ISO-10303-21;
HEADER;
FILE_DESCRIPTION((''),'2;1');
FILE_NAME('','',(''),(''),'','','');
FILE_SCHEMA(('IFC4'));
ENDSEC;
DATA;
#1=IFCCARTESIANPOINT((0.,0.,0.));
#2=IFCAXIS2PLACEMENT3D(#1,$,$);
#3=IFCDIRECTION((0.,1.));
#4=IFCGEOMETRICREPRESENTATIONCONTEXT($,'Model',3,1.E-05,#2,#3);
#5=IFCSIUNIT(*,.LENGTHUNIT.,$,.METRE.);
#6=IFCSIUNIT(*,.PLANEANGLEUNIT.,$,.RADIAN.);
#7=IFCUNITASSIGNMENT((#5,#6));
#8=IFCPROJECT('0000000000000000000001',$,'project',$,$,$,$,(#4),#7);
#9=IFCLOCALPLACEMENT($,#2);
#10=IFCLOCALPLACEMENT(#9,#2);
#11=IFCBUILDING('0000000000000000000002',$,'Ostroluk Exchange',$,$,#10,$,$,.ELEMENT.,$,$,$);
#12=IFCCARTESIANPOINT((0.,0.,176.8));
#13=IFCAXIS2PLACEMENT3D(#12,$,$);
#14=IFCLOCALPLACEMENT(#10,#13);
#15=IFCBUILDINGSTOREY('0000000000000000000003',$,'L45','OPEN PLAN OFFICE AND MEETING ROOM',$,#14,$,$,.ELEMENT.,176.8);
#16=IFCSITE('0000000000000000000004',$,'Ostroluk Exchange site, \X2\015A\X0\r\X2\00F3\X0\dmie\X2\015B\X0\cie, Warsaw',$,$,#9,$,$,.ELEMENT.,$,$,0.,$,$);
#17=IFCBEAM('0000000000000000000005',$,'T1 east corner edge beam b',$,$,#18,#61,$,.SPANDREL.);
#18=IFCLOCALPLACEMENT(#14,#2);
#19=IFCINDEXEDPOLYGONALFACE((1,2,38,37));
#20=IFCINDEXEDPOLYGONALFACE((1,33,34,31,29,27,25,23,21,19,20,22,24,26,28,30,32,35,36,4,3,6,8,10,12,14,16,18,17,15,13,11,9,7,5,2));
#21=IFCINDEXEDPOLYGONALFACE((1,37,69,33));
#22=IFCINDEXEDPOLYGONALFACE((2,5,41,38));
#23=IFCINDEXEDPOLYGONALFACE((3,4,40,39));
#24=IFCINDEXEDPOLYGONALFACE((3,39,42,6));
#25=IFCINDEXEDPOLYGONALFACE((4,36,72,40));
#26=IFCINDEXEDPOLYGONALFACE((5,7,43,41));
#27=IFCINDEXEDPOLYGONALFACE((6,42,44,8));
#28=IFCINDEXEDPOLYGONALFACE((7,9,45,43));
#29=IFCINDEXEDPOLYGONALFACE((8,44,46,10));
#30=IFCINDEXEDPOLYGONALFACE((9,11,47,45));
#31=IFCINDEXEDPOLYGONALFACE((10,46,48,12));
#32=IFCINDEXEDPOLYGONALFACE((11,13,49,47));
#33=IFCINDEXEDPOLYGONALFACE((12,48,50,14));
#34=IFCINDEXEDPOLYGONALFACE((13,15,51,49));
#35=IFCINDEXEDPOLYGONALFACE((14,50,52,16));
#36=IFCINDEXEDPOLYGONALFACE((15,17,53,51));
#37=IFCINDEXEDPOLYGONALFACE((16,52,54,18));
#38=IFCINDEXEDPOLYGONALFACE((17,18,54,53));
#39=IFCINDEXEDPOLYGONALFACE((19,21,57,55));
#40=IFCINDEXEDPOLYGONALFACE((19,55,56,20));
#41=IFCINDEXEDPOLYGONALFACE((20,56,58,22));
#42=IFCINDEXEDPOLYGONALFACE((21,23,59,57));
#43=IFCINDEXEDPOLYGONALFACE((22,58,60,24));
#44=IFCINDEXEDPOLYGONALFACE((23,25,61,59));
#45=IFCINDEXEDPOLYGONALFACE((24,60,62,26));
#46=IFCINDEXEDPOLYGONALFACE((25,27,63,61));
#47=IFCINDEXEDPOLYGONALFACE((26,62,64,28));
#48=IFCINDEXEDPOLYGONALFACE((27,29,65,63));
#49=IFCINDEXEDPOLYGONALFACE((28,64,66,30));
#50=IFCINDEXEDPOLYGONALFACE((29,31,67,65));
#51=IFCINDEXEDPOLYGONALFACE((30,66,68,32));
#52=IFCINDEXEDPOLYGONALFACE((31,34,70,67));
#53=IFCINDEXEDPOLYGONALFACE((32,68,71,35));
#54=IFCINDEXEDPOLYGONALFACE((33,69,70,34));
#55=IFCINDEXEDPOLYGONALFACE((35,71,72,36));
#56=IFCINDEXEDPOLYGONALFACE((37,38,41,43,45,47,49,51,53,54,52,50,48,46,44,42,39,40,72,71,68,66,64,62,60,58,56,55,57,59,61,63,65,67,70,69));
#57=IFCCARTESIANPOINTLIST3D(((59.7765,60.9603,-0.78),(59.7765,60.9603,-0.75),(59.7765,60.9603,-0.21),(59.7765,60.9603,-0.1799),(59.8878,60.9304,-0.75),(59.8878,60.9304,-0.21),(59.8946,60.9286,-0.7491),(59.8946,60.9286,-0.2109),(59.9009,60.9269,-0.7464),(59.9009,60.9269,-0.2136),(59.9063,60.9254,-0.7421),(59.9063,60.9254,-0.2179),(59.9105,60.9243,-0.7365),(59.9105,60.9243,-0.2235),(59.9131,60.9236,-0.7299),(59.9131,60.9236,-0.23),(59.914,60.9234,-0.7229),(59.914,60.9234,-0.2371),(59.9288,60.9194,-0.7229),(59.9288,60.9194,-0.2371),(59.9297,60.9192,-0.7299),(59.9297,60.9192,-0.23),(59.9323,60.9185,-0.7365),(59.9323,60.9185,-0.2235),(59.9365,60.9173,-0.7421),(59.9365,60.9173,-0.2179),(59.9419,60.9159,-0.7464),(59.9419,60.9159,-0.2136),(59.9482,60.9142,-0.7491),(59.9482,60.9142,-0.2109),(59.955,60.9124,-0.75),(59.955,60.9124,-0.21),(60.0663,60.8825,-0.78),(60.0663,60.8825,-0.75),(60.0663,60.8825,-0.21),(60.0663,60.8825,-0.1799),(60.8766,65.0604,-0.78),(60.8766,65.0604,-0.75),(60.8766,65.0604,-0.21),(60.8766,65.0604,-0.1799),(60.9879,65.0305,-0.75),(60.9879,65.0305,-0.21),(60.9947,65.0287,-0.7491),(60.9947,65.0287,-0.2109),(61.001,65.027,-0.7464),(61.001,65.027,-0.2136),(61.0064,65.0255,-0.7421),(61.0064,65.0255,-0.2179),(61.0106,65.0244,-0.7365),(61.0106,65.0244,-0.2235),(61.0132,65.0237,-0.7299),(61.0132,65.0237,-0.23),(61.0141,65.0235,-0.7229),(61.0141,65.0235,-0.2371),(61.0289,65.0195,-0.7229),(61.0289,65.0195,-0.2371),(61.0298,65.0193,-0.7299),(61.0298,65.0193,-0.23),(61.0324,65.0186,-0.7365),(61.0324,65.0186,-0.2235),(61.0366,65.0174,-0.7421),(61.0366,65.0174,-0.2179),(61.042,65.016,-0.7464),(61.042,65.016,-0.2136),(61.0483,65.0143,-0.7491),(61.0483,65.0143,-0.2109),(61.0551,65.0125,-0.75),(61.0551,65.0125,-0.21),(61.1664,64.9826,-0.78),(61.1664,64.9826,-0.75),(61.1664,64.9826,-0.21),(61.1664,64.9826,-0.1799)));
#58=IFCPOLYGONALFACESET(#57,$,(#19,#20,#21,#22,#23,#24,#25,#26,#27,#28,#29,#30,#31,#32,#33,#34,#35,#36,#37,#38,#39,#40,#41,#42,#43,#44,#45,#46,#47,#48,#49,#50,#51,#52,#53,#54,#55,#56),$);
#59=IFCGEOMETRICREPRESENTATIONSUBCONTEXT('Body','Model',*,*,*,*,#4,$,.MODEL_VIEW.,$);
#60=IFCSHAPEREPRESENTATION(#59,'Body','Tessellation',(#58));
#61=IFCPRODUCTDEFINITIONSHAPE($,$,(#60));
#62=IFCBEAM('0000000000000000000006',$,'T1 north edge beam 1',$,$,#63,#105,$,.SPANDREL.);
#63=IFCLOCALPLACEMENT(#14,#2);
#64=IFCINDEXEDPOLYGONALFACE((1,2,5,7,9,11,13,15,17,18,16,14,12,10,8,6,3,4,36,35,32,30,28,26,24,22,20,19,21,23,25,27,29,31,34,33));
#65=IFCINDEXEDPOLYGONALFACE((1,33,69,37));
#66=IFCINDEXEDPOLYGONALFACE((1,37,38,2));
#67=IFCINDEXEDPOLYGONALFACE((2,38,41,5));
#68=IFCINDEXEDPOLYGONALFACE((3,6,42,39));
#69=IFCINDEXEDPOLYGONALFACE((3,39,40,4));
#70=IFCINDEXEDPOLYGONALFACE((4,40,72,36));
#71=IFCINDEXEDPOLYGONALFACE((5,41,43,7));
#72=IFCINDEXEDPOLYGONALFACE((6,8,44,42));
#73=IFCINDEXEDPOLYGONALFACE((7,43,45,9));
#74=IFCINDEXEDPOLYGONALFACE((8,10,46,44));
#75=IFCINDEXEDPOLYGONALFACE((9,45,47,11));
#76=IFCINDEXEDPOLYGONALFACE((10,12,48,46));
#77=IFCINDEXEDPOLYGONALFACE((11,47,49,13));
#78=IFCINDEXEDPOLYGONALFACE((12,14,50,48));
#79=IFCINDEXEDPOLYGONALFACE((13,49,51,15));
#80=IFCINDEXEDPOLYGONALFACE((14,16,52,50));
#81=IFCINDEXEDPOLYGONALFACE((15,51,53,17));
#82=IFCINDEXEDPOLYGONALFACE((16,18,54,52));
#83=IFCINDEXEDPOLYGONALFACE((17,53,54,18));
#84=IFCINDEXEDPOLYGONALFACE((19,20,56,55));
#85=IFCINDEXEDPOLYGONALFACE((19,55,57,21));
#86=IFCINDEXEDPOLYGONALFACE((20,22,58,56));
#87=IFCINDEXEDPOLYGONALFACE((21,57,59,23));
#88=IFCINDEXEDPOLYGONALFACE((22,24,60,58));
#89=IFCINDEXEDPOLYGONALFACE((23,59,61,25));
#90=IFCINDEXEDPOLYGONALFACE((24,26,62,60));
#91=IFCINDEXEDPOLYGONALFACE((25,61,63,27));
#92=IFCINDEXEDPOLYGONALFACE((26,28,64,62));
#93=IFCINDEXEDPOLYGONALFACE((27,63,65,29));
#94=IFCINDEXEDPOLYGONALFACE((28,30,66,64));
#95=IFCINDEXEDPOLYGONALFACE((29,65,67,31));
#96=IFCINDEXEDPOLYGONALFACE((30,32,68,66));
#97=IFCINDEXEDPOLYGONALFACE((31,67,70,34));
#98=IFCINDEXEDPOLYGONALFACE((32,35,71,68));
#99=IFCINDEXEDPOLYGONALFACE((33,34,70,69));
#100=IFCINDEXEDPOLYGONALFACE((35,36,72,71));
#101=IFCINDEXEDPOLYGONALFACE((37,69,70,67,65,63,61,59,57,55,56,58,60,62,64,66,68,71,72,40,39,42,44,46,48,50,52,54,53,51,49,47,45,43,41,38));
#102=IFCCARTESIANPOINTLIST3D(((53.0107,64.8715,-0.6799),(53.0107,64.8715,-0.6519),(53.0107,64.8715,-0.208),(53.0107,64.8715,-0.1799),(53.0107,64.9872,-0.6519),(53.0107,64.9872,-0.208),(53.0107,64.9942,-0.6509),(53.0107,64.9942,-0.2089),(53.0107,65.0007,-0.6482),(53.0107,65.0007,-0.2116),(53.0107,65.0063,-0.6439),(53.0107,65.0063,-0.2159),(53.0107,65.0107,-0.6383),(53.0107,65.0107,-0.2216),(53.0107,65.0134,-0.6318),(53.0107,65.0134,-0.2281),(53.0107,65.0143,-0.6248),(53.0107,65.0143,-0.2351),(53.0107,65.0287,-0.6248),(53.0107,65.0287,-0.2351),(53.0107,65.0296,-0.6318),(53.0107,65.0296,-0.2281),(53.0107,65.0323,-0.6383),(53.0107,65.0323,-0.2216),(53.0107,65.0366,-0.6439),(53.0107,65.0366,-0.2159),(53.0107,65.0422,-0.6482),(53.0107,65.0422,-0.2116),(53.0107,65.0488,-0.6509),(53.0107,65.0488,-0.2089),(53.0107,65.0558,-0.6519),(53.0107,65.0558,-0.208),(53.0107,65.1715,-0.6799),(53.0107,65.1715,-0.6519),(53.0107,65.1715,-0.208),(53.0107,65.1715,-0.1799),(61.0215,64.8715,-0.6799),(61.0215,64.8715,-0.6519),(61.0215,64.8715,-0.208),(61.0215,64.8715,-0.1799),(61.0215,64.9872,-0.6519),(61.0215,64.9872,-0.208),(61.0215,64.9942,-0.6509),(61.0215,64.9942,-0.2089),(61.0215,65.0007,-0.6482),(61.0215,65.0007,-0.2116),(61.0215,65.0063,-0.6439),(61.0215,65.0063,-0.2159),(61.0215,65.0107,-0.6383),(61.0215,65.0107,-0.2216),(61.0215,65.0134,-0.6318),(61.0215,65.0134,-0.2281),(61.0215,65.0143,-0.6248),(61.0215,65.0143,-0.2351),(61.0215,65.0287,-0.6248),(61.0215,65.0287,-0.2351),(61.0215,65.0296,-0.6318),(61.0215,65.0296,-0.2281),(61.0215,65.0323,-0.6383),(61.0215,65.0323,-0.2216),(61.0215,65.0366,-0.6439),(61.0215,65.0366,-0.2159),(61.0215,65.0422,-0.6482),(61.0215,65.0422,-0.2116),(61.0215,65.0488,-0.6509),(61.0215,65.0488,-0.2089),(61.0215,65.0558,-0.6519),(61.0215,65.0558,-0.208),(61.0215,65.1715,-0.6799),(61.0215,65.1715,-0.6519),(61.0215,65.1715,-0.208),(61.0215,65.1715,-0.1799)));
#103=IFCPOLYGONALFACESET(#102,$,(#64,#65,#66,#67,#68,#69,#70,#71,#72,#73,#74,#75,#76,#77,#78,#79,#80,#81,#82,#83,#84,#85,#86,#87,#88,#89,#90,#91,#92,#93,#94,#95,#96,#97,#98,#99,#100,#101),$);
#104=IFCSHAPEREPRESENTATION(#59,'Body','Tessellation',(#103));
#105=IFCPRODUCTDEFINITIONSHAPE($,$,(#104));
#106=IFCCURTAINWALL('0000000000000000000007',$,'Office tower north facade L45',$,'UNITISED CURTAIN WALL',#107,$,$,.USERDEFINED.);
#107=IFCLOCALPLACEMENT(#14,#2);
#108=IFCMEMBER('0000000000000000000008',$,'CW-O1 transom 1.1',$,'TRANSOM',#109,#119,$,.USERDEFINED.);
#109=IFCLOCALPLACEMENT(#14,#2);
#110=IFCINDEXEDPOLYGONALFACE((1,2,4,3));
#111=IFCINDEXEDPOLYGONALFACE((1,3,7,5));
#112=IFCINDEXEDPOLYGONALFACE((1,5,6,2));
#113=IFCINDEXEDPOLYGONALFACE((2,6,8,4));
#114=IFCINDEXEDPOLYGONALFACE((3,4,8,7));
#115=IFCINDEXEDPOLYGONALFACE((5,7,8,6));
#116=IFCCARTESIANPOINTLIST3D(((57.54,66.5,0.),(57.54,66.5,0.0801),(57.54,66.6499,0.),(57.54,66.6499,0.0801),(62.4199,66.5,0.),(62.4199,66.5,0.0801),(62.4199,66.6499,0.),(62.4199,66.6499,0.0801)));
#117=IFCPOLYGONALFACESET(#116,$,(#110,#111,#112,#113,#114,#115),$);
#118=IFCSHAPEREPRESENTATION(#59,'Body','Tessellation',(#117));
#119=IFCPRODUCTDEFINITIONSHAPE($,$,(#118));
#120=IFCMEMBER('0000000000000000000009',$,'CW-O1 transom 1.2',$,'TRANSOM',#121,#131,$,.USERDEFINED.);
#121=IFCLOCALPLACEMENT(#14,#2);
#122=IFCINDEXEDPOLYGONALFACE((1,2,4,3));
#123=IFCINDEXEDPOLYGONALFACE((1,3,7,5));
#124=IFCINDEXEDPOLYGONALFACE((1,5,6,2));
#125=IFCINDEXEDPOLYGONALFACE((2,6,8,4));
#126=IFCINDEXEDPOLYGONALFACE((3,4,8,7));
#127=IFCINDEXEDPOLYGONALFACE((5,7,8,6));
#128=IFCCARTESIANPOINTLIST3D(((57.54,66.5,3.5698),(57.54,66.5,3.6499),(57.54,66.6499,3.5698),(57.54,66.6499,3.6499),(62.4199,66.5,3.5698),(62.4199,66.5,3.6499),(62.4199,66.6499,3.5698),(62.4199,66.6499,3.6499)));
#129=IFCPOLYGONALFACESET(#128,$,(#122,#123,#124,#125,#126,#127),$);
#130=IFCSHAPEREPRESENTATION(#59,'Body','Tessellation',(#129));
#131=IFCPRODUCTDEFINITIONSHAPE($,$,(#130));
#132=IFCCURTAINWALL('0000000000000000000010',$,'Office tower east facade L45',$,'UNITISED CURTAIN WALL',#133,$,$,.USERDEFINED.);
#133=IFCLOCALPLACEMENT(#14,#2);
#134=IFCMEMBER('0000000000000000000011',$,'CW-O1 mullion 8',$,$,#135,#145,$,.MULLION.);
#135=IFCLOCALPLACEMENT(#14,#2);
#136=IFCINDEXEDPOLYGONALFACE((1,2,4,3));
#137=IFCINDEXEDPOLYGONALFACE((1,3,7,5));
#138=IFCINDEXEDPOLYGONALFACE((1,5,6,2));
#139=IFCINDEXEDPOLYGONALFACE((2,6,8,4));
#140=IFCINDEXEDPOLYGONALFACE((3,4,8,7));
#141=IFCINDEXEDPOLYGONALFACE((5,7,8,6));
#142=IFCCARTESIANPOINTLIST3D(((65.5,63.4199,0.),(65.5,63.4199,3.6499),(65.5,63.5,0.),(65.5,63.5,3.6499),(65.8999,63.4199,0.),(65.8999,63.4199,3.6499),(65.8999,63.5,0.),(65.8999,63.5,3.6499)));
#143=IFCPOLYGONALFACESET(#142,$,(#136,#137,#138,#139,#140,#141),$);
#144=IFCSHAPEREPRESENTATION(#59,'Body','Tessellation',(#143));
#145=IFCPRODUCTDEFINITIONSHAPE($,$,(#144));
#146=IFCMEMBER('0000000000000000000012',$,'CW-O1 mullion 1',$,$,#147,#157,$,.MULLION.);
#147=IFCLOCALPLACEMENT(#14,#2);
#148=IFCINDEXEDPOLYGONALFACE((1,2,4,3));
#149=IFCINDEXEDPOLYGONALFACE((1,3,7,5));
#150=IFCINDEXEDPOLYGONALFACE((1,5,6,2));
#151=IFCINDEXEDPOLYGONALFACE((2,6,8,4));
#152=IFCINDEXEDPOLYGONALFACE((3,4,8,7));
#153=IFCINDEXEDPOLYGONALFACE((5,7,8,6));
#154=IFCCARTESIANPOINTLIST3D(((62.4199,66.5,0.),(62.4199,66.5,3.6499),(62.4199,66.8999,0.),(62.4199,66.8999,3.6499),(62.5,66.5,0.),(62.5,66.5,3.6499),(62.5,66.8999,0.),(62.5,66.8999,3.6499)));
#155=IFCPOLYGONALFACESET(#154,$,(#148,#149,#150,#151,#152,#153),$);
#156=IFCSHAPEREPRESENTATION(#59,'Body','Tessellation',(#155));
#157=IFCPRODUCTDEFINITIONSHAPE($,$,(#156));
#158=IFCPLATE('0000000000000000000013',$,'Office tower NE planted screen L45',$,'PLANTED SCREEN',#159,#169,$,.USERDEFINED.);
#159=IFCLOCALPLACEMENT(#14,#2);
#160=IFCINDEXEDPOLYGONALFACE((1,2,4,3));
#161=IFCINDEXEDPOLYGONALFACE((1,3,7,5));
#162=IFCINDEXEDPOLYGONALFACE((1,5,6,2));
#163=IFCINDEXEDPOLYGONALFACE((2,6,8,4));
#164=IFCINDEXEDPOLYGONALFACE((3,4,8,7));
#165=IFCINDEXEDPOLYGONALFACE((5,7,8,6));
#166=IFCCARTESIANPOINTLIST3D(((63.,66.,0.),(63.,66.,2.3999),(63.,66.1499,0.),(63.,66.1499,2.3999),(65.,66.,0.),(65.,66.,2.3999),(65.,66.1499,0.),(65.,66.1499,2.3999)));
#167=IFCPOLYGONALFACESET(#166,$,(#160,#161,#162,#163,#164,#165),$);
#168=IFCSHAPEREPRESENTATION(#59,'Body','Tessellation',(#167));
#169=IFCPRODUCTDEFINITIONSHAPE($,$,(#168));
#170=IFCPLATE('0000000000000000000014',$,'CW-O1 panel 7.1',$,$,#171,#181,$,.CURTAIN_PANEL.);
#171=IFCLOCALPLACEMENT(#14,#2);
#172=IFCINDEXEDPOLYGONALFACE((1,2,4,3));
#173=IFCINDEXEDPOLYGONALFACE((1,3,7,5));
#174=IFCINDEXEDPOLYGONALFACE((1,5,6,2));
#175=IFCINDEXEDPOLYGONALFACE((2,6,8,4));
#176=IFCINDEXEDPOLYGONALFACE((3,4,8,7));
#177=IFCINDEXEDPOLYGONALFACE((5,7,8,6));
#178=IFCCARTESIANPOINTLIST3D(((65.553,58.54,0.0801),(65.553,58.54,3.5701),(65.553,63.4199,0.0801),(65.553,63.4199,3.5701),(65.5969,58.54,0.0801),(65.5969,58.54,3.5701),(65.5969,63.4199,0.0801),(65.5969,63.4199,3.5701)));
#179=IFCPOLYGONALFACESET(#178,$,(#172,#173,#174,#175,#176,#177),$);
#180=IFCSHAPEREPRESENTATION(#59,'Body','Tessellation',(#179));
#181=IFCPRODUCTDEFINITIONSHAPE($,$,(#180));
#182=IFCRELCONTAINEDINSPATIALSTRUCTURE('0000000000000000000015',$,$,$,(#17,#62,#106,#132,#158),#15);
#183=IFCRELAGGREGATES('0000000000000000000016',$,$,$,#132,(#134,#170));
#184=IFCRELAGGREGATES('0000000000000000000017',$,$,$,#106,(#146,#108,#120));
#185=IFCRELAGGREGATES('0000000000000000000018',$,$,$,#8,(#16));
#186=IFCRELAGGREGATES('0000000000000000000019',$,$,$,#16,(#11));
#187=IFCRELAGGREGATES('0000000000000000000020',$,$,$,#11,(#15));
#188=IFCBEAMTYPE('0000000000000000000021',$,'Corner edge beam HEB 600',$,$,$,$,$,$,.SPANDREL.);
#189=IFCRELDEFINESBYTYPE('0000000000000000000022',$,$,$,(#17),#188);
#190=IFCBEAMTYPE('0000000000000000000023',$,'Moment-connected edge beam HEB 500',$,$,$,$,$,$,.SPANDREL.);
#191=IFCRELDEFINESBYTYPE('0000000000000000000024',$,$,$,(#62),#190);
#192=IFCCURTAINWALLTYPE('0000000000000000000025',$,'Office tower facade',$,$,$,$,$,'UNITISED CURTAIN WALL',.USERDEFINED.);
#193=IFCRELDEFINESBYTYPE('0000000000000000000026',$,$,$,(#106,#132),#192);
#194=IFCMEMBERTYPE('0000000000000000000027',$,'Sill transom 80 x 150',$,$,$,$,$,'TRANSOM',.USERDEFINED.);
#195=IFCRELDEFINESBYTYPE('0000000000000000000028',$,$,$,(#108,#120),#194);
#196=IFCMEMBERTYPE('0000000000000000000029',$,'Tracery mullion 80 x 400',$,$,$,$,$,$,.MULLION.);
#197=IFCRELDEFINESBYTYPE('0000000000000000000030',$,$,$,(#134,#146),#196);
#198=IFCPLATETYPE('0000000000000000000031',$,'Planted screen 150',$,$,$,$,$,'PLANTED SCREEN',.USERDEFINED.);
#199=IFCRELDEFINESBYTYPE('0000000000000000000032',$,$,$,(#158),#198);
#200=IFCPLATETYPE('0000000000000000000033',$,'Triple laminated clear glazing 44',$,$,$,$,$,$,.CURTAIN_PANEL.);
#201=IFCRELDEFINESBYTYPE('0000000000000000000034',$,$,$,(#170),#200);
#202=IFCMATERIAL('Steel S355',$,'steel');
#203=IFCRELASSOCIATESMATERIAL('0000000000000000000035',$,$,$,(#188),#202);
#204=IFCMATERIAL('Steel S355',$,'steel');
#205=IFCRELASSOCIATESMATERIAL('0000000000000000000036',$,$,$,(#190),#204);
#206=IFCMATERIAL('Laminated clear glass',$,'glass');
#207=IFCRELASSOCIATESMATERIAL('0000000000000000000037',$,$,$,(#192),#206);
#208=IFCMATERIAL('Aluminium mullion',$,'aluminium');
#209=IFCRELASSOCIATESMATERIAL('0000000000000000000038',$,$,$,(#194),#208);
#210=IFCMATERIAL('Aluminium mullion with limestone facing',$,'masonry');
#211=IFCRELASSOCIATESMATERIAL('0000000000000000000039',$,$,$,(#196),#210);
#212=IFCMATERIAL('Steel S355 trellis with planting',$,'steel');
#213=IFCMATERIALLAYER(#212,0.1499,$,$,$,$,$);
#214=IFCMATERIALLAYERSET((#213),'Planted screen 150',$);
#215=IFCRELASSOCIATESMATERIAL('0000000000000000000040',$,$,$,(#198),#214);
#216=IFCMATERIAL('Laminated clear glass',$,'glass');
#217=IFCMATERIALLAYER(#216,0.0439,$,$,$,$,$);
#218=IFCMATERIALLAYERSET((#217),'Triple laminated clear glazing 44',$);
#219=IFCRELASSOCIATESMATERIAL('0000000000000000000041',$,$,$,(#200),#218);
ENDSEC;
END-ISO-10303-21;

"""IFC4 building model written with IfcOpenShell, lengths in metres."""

from ifc_helpers import new_model, si_unit, direction, frame, origin, origin_2d, place, context, subcontext, project, spatial, rectangle, i_section, extrude, material, layer, layer_set, material_profile, profile_set, type_object, element, aggregate, save


model = new_model("IFC4")

# Units and contexts
model_context = context("Model", 3, precision=1e-05, world=origin(), true_north=direction((0.0, 1.0)))
body_context = subcontext(model_context, "Body", "Model", "MODEL_VIEW")
ifc_project = project(units=[si_unit("LENGTHUNIT", "METRE"), si_unit("PLANEANGLEUNIT", "RADIAN")], contexts=[model_context])

# Site, building, storey
site_placement = place(None, origin())
site = spatial("IfcSite", under=ifc_project, at=site_placement, Name="Ostroluk Exchange site, Śródmieście, Warsaw", CompositionType="ELEMENT", RefElevation=0.0)
building_placement = place(site_placement, origin())
building = spatial("IfcBuilding", under=site, at=building_placement, Name="Ostroluk Exchange", CompositionType="ELEMENT")
storey_placement = place(building_placement, frame((0.0, 0.0, 176.8)))
storey = spatial("IfcBuildingStorey", under=building, at=storey_placement, Name="L45", Description="OPEN PLAN OFFICE AND MEETING ROOM", CompositionType="ELEMENT", Elevation=176.8)

# Beams
ifc_material_1 = material(Name="Steel S355", Category="steel")
ifc_material_profile_1 = material_profile(ifc_material_1, i_section(OverallWidth=0.3, OverallDepth=0.6001, WebThickness=0.0154, FlangeThickness=0.03, FilletRadius=0.0271, at=origin_2d()), Name="HEB 600")
ifc_profile_set_1 = profile_set([ifc_material_profile_1], Name="Steel S355")
beam_type_1 = type_object("IfcBeamType", Name="Corner edge beam HEB 600", PredefinedType="SPANDREL", material=ifc_profile_set_1)
for number, where, z_axis, x_axis, name in (
    (1, (59.9214, 60.9214, -0.48), (0.259144, 0.965839, 0.0), (-0.965839, 0.259144, 0.0), "T1 east corner edge beam b"),
):
    element("IfcBeam", number, at=place(storey_placement, frame(where, z_axis=z_axis, x_axis=x_axis)), inside=storey, type_object=beam_type_1, Name=name, PredefinedType="SPANDREL", context=body_context, shape_type="SweptSolid", body=[
        extrude(i_section(OverallWidth=0.3, OverallDepth=0.6001, WebThickness=0.0154, FlangeThickness=0.03, FilletRadius=0.0271, at=origin_2d()), origin(), (0.0, 0.0, 1.0), 4.2451),
    ])
ifc_material_2 = material(Name="Steel S355", Category="steel")
ifc_material_profile_2 = material_profile(ifc_material_2, i_section(OverallWidth=0.3, OverallDepth=0.5, WebThickness=0.0144, FlangeThickness=0.0281, FilletRadius=0.0271, at=origin_2d()), Name="HEB 500")
ifc_profile_set_2 = profile_set([ifc_material_profile_2], Name="Steel S355")
beam_type_2 = type_object("IfcBeamType", Name="Moment-connected edge beam HEB 500", PredefinedType="SPANDREL", material=ifc_profile_set_2)
beam_1_placement = place(storey_placement, frame((61.0215, 65.0215, -0.4299), z_axis=(-1.0, 0.0, 0.0), x_axis=(0.0, -1.0, 0.0)))
element("IfcBeam", 2, at=beam_1_placement, inside=storey, type_object=beam_type_2, Name="T1 north edge beam 1", PredefinedType="SPANDREL", context=body_context, shape_type="SweptSolid", body=[
    extrude(i_section(OverallWidth=0.3, OverallDepth=0.5, WebThickness=0.0144, FlangeThickness=0.0281, FilletRadius=0.0271, at=origin_2d()), origin(), (0.0, 0.0, 1.0), 8.0107),
])

# Curtain wall, members
ifc_material_3 = material(Name="Laminated clear glass", Category="glass")
curtain_wall_type = type_object("IfcCurtainWallType", Name="Office tower facade", ElementType="UNITISED CURTAIN WALL", PredefinedType="USERDEFINED", material=ifc_material_3)
curtain_wall_1_placement = place(storey_placement, origin())
curtain_wall_1 = element("IfcCurtainWall", 3, at=curtain_wall_1_placement, inside=storey, type_object=curtain_wall_type, Name="Office tower north facade L45", ObjectType="UNITISED CURTAIN WALL", PredefinedType="USERDEFINED")
ifc_material_4 = material(Name="Aluminium mullion", Category="aluminium")
ifc_material_profile_3 = material_profile(ifc_material_4, rectangle(XDim=0.1499, YDim=0.0801, at=origin_2d()), Name="Sill transom 80 x 150")
ifc_profile_set_3 = profile_set([ifc_material_profile_3], Name="Aluminium mullion")
member_type_1 = type_object("IfcMemberType", Name="Sill transom 80 x 150", ElementType="TRANSOM", PredefinedType="USERDEFINED", material=ifc_profile_set_3)
member_1_placement = place(storey_placement, frame((62.4199, 66.575, 0.04), z_axis=(-1.0, 0.0, 0.0), x_axis=(0.0, -1.0, 0.0)))
member_1 = element("IfcMember", 4, at=member_1_placement, type_object=member_type_1, Name="CW-O1 transom 1.1", ObjectType="TRANSOM", PredefinedType="USERDEFINED", context=body_context, shape_type="SweptSolid", body=[
    extrude(rectangle(XDim=0.1499, YDim=0.0801, at=origin_2d()), origin(), (0.0, 0.0, 1.0), 4.8799),
])
member_2_placement = place(storey_placement, frame((62.4199, 66.575, 3.6099), z_axis=(-1.0, 0.0, 0.0), x_axis=(0.0, -1.0, 0.0)))
member_2 = element("IfcMember", 5, at=member_2_placement, type_object=member_type_1, Name="CW-O1 transom 1.2", ObjectType="TRANSOM", PredefinedType="USERDEFINED", context=body_context, shape_type="SweptSolid", body=[
    extrude(rectangle(XDim=0.1499, YDim=0.0801, at=origin_2d()), origin(), (0.0, 0.0, 1.0), 4.8799),
])

# Curtain wall, member
curtain_wall_2_placement = place(storey_placement, origin())
curtain_wall_2 = element("IfcCurtainWall", 6, at=curtain_wall_2_placement, inside=storey, type_object=curtain_wall_type, Name="Office tower east facade L45", ObjectType="UNITISED CURTAIN WALL", PredefinedType="USERDEFINED")
ifc_material_5 = material(Name="Aluminium mullion with limestone facing", Category="masonry")
ifc_material_profile_4 = material_profile(ifc_material_5, rectangle(XDim=0.3999, YDim=0.0801, at=origin_2d()), Name="Tracery mullion 80 x 400")
ifc_profile_set_4 = profile_set([ifc_material_profile_4], Name="Aluminium mullion with limestone facing")
member_type_2 = type_object("IfcMemberType", Name="Tracery mullion 80 x 400", PredefinedType="MULLION", material=ifc_profile_set_4)
member_3_placement = place(storey_placement, frame((65.7, 63.46, 0.0), z_axis=(0.0, 0.0, 1.0), x_axis=(-1.0, 0.0, 0.0)))
member_3 = element("IfcMember", 7, at=member_3_placement, type_object=member_type_2, Name="CW-O1 mullion 8", PredefinedType="MULLION", context=body_context, shape_type="SweptSolid", body=[
    extrude(rectangle(XDim=0.3999, YDim=0.0801, at=origin_2d()), origin(), (0.0, 0.0, 1.0), 3.6499),
])

# Member
member_4_placement = place(storey_placement, frame((62.46, 66.7, 0.0), z_axis=(0.0, 0.0, 1.0), x_axis=(0.0, -1.0, 0.0)))
member_4 = element("IfcMember", 8, at=member_4_placement, type_object=member_type_2, Name="CW-O1 mullion 1", PredefinedType="MULLION", context=body_context, shape_type="SweptSolid", body=[
    extrude(rectangle(XDim=0.3999, YDim=0.0801, at=origin_2d()), origin(), (0.0, 0.0, 1.0), 3.6499),
])

# Plates
ifc_material_6 = material(Name="Steel S355 trellis with planting", Category="steel")
ifc_layer_1 = layer(ifc_material_6, 0.1499)
ifc_layer_set_1 = layer_set([ifc_layer_1], Name="Planted screen 150")
plate_type_1 = type_object("IfcPlateType", Name="Planted screen 150", ElementType="PLANTED SCREEN", PredefinedType="USERDEFINED", material=ifc_layer_set_1)
plate_1_placement = place(storey_placement, frame((64.0, 66.075, 0.0), z_axis=(0.0, 0.0, 1.0), x_axis=(1.0, 0.0, 0.0)))
element("IfcPlate", 9, at=plate_1_placement, inside=storey, type_object=plate_type_1, Name="Office tower NE planted screen L45", ObjectType="PLANTED SCREEN", PredefinedType="USERDEFINED", context=body_context, shape_type="SweptSolid", body=[
    extrude(rectangle(XDim=2.0, YDim=0.1499, at=origin_2d()), origin(), (0.0, 0.0, 1.0), 2.3999),
])
ifc_material_7 = material(Name="Laminated clear glass", Category="glass")
ifc_layer_2 = layer(ifc_material_7, 0.0439)
ifc_layer_set_2 = layer_set([ifc_layer_2], Name="Triple laminated clear glazing 44")
plate_type_2 = type_object("IfcPlateType", Name="Triple laminated clear glazing 44", PredefinedType="CURTAIN_PANEL", material=ifc_layer_set_2)
plate_2_placement = place(storey_placement, frame((65.575, 60.98, 0.0801), z_axis=(0.0, 0.0, 1.0), x_axis=(0.0, 1.0, 0.0)))
plate_2 = element("IfcPlate", 10, at=plate_2_placement, type_object=plate_type_2, Name="CW-O1 panel 7.1", PredefinedType="CURTAIN_PANEL", context=body_context, shape_type="SweptSolid", body=[
    extrude(rectangle(XDim=4.8799, YDim=0.0439, at=origin_2d()), origin(), (0.0, 0.0, 1.0), 3.49),
])
aggregate(curtain_wall_2, [member_3, plate_2])
aggregate(curtain_wall_1, [member_4, member_1, member_2])

save(model, "model.ifc")
